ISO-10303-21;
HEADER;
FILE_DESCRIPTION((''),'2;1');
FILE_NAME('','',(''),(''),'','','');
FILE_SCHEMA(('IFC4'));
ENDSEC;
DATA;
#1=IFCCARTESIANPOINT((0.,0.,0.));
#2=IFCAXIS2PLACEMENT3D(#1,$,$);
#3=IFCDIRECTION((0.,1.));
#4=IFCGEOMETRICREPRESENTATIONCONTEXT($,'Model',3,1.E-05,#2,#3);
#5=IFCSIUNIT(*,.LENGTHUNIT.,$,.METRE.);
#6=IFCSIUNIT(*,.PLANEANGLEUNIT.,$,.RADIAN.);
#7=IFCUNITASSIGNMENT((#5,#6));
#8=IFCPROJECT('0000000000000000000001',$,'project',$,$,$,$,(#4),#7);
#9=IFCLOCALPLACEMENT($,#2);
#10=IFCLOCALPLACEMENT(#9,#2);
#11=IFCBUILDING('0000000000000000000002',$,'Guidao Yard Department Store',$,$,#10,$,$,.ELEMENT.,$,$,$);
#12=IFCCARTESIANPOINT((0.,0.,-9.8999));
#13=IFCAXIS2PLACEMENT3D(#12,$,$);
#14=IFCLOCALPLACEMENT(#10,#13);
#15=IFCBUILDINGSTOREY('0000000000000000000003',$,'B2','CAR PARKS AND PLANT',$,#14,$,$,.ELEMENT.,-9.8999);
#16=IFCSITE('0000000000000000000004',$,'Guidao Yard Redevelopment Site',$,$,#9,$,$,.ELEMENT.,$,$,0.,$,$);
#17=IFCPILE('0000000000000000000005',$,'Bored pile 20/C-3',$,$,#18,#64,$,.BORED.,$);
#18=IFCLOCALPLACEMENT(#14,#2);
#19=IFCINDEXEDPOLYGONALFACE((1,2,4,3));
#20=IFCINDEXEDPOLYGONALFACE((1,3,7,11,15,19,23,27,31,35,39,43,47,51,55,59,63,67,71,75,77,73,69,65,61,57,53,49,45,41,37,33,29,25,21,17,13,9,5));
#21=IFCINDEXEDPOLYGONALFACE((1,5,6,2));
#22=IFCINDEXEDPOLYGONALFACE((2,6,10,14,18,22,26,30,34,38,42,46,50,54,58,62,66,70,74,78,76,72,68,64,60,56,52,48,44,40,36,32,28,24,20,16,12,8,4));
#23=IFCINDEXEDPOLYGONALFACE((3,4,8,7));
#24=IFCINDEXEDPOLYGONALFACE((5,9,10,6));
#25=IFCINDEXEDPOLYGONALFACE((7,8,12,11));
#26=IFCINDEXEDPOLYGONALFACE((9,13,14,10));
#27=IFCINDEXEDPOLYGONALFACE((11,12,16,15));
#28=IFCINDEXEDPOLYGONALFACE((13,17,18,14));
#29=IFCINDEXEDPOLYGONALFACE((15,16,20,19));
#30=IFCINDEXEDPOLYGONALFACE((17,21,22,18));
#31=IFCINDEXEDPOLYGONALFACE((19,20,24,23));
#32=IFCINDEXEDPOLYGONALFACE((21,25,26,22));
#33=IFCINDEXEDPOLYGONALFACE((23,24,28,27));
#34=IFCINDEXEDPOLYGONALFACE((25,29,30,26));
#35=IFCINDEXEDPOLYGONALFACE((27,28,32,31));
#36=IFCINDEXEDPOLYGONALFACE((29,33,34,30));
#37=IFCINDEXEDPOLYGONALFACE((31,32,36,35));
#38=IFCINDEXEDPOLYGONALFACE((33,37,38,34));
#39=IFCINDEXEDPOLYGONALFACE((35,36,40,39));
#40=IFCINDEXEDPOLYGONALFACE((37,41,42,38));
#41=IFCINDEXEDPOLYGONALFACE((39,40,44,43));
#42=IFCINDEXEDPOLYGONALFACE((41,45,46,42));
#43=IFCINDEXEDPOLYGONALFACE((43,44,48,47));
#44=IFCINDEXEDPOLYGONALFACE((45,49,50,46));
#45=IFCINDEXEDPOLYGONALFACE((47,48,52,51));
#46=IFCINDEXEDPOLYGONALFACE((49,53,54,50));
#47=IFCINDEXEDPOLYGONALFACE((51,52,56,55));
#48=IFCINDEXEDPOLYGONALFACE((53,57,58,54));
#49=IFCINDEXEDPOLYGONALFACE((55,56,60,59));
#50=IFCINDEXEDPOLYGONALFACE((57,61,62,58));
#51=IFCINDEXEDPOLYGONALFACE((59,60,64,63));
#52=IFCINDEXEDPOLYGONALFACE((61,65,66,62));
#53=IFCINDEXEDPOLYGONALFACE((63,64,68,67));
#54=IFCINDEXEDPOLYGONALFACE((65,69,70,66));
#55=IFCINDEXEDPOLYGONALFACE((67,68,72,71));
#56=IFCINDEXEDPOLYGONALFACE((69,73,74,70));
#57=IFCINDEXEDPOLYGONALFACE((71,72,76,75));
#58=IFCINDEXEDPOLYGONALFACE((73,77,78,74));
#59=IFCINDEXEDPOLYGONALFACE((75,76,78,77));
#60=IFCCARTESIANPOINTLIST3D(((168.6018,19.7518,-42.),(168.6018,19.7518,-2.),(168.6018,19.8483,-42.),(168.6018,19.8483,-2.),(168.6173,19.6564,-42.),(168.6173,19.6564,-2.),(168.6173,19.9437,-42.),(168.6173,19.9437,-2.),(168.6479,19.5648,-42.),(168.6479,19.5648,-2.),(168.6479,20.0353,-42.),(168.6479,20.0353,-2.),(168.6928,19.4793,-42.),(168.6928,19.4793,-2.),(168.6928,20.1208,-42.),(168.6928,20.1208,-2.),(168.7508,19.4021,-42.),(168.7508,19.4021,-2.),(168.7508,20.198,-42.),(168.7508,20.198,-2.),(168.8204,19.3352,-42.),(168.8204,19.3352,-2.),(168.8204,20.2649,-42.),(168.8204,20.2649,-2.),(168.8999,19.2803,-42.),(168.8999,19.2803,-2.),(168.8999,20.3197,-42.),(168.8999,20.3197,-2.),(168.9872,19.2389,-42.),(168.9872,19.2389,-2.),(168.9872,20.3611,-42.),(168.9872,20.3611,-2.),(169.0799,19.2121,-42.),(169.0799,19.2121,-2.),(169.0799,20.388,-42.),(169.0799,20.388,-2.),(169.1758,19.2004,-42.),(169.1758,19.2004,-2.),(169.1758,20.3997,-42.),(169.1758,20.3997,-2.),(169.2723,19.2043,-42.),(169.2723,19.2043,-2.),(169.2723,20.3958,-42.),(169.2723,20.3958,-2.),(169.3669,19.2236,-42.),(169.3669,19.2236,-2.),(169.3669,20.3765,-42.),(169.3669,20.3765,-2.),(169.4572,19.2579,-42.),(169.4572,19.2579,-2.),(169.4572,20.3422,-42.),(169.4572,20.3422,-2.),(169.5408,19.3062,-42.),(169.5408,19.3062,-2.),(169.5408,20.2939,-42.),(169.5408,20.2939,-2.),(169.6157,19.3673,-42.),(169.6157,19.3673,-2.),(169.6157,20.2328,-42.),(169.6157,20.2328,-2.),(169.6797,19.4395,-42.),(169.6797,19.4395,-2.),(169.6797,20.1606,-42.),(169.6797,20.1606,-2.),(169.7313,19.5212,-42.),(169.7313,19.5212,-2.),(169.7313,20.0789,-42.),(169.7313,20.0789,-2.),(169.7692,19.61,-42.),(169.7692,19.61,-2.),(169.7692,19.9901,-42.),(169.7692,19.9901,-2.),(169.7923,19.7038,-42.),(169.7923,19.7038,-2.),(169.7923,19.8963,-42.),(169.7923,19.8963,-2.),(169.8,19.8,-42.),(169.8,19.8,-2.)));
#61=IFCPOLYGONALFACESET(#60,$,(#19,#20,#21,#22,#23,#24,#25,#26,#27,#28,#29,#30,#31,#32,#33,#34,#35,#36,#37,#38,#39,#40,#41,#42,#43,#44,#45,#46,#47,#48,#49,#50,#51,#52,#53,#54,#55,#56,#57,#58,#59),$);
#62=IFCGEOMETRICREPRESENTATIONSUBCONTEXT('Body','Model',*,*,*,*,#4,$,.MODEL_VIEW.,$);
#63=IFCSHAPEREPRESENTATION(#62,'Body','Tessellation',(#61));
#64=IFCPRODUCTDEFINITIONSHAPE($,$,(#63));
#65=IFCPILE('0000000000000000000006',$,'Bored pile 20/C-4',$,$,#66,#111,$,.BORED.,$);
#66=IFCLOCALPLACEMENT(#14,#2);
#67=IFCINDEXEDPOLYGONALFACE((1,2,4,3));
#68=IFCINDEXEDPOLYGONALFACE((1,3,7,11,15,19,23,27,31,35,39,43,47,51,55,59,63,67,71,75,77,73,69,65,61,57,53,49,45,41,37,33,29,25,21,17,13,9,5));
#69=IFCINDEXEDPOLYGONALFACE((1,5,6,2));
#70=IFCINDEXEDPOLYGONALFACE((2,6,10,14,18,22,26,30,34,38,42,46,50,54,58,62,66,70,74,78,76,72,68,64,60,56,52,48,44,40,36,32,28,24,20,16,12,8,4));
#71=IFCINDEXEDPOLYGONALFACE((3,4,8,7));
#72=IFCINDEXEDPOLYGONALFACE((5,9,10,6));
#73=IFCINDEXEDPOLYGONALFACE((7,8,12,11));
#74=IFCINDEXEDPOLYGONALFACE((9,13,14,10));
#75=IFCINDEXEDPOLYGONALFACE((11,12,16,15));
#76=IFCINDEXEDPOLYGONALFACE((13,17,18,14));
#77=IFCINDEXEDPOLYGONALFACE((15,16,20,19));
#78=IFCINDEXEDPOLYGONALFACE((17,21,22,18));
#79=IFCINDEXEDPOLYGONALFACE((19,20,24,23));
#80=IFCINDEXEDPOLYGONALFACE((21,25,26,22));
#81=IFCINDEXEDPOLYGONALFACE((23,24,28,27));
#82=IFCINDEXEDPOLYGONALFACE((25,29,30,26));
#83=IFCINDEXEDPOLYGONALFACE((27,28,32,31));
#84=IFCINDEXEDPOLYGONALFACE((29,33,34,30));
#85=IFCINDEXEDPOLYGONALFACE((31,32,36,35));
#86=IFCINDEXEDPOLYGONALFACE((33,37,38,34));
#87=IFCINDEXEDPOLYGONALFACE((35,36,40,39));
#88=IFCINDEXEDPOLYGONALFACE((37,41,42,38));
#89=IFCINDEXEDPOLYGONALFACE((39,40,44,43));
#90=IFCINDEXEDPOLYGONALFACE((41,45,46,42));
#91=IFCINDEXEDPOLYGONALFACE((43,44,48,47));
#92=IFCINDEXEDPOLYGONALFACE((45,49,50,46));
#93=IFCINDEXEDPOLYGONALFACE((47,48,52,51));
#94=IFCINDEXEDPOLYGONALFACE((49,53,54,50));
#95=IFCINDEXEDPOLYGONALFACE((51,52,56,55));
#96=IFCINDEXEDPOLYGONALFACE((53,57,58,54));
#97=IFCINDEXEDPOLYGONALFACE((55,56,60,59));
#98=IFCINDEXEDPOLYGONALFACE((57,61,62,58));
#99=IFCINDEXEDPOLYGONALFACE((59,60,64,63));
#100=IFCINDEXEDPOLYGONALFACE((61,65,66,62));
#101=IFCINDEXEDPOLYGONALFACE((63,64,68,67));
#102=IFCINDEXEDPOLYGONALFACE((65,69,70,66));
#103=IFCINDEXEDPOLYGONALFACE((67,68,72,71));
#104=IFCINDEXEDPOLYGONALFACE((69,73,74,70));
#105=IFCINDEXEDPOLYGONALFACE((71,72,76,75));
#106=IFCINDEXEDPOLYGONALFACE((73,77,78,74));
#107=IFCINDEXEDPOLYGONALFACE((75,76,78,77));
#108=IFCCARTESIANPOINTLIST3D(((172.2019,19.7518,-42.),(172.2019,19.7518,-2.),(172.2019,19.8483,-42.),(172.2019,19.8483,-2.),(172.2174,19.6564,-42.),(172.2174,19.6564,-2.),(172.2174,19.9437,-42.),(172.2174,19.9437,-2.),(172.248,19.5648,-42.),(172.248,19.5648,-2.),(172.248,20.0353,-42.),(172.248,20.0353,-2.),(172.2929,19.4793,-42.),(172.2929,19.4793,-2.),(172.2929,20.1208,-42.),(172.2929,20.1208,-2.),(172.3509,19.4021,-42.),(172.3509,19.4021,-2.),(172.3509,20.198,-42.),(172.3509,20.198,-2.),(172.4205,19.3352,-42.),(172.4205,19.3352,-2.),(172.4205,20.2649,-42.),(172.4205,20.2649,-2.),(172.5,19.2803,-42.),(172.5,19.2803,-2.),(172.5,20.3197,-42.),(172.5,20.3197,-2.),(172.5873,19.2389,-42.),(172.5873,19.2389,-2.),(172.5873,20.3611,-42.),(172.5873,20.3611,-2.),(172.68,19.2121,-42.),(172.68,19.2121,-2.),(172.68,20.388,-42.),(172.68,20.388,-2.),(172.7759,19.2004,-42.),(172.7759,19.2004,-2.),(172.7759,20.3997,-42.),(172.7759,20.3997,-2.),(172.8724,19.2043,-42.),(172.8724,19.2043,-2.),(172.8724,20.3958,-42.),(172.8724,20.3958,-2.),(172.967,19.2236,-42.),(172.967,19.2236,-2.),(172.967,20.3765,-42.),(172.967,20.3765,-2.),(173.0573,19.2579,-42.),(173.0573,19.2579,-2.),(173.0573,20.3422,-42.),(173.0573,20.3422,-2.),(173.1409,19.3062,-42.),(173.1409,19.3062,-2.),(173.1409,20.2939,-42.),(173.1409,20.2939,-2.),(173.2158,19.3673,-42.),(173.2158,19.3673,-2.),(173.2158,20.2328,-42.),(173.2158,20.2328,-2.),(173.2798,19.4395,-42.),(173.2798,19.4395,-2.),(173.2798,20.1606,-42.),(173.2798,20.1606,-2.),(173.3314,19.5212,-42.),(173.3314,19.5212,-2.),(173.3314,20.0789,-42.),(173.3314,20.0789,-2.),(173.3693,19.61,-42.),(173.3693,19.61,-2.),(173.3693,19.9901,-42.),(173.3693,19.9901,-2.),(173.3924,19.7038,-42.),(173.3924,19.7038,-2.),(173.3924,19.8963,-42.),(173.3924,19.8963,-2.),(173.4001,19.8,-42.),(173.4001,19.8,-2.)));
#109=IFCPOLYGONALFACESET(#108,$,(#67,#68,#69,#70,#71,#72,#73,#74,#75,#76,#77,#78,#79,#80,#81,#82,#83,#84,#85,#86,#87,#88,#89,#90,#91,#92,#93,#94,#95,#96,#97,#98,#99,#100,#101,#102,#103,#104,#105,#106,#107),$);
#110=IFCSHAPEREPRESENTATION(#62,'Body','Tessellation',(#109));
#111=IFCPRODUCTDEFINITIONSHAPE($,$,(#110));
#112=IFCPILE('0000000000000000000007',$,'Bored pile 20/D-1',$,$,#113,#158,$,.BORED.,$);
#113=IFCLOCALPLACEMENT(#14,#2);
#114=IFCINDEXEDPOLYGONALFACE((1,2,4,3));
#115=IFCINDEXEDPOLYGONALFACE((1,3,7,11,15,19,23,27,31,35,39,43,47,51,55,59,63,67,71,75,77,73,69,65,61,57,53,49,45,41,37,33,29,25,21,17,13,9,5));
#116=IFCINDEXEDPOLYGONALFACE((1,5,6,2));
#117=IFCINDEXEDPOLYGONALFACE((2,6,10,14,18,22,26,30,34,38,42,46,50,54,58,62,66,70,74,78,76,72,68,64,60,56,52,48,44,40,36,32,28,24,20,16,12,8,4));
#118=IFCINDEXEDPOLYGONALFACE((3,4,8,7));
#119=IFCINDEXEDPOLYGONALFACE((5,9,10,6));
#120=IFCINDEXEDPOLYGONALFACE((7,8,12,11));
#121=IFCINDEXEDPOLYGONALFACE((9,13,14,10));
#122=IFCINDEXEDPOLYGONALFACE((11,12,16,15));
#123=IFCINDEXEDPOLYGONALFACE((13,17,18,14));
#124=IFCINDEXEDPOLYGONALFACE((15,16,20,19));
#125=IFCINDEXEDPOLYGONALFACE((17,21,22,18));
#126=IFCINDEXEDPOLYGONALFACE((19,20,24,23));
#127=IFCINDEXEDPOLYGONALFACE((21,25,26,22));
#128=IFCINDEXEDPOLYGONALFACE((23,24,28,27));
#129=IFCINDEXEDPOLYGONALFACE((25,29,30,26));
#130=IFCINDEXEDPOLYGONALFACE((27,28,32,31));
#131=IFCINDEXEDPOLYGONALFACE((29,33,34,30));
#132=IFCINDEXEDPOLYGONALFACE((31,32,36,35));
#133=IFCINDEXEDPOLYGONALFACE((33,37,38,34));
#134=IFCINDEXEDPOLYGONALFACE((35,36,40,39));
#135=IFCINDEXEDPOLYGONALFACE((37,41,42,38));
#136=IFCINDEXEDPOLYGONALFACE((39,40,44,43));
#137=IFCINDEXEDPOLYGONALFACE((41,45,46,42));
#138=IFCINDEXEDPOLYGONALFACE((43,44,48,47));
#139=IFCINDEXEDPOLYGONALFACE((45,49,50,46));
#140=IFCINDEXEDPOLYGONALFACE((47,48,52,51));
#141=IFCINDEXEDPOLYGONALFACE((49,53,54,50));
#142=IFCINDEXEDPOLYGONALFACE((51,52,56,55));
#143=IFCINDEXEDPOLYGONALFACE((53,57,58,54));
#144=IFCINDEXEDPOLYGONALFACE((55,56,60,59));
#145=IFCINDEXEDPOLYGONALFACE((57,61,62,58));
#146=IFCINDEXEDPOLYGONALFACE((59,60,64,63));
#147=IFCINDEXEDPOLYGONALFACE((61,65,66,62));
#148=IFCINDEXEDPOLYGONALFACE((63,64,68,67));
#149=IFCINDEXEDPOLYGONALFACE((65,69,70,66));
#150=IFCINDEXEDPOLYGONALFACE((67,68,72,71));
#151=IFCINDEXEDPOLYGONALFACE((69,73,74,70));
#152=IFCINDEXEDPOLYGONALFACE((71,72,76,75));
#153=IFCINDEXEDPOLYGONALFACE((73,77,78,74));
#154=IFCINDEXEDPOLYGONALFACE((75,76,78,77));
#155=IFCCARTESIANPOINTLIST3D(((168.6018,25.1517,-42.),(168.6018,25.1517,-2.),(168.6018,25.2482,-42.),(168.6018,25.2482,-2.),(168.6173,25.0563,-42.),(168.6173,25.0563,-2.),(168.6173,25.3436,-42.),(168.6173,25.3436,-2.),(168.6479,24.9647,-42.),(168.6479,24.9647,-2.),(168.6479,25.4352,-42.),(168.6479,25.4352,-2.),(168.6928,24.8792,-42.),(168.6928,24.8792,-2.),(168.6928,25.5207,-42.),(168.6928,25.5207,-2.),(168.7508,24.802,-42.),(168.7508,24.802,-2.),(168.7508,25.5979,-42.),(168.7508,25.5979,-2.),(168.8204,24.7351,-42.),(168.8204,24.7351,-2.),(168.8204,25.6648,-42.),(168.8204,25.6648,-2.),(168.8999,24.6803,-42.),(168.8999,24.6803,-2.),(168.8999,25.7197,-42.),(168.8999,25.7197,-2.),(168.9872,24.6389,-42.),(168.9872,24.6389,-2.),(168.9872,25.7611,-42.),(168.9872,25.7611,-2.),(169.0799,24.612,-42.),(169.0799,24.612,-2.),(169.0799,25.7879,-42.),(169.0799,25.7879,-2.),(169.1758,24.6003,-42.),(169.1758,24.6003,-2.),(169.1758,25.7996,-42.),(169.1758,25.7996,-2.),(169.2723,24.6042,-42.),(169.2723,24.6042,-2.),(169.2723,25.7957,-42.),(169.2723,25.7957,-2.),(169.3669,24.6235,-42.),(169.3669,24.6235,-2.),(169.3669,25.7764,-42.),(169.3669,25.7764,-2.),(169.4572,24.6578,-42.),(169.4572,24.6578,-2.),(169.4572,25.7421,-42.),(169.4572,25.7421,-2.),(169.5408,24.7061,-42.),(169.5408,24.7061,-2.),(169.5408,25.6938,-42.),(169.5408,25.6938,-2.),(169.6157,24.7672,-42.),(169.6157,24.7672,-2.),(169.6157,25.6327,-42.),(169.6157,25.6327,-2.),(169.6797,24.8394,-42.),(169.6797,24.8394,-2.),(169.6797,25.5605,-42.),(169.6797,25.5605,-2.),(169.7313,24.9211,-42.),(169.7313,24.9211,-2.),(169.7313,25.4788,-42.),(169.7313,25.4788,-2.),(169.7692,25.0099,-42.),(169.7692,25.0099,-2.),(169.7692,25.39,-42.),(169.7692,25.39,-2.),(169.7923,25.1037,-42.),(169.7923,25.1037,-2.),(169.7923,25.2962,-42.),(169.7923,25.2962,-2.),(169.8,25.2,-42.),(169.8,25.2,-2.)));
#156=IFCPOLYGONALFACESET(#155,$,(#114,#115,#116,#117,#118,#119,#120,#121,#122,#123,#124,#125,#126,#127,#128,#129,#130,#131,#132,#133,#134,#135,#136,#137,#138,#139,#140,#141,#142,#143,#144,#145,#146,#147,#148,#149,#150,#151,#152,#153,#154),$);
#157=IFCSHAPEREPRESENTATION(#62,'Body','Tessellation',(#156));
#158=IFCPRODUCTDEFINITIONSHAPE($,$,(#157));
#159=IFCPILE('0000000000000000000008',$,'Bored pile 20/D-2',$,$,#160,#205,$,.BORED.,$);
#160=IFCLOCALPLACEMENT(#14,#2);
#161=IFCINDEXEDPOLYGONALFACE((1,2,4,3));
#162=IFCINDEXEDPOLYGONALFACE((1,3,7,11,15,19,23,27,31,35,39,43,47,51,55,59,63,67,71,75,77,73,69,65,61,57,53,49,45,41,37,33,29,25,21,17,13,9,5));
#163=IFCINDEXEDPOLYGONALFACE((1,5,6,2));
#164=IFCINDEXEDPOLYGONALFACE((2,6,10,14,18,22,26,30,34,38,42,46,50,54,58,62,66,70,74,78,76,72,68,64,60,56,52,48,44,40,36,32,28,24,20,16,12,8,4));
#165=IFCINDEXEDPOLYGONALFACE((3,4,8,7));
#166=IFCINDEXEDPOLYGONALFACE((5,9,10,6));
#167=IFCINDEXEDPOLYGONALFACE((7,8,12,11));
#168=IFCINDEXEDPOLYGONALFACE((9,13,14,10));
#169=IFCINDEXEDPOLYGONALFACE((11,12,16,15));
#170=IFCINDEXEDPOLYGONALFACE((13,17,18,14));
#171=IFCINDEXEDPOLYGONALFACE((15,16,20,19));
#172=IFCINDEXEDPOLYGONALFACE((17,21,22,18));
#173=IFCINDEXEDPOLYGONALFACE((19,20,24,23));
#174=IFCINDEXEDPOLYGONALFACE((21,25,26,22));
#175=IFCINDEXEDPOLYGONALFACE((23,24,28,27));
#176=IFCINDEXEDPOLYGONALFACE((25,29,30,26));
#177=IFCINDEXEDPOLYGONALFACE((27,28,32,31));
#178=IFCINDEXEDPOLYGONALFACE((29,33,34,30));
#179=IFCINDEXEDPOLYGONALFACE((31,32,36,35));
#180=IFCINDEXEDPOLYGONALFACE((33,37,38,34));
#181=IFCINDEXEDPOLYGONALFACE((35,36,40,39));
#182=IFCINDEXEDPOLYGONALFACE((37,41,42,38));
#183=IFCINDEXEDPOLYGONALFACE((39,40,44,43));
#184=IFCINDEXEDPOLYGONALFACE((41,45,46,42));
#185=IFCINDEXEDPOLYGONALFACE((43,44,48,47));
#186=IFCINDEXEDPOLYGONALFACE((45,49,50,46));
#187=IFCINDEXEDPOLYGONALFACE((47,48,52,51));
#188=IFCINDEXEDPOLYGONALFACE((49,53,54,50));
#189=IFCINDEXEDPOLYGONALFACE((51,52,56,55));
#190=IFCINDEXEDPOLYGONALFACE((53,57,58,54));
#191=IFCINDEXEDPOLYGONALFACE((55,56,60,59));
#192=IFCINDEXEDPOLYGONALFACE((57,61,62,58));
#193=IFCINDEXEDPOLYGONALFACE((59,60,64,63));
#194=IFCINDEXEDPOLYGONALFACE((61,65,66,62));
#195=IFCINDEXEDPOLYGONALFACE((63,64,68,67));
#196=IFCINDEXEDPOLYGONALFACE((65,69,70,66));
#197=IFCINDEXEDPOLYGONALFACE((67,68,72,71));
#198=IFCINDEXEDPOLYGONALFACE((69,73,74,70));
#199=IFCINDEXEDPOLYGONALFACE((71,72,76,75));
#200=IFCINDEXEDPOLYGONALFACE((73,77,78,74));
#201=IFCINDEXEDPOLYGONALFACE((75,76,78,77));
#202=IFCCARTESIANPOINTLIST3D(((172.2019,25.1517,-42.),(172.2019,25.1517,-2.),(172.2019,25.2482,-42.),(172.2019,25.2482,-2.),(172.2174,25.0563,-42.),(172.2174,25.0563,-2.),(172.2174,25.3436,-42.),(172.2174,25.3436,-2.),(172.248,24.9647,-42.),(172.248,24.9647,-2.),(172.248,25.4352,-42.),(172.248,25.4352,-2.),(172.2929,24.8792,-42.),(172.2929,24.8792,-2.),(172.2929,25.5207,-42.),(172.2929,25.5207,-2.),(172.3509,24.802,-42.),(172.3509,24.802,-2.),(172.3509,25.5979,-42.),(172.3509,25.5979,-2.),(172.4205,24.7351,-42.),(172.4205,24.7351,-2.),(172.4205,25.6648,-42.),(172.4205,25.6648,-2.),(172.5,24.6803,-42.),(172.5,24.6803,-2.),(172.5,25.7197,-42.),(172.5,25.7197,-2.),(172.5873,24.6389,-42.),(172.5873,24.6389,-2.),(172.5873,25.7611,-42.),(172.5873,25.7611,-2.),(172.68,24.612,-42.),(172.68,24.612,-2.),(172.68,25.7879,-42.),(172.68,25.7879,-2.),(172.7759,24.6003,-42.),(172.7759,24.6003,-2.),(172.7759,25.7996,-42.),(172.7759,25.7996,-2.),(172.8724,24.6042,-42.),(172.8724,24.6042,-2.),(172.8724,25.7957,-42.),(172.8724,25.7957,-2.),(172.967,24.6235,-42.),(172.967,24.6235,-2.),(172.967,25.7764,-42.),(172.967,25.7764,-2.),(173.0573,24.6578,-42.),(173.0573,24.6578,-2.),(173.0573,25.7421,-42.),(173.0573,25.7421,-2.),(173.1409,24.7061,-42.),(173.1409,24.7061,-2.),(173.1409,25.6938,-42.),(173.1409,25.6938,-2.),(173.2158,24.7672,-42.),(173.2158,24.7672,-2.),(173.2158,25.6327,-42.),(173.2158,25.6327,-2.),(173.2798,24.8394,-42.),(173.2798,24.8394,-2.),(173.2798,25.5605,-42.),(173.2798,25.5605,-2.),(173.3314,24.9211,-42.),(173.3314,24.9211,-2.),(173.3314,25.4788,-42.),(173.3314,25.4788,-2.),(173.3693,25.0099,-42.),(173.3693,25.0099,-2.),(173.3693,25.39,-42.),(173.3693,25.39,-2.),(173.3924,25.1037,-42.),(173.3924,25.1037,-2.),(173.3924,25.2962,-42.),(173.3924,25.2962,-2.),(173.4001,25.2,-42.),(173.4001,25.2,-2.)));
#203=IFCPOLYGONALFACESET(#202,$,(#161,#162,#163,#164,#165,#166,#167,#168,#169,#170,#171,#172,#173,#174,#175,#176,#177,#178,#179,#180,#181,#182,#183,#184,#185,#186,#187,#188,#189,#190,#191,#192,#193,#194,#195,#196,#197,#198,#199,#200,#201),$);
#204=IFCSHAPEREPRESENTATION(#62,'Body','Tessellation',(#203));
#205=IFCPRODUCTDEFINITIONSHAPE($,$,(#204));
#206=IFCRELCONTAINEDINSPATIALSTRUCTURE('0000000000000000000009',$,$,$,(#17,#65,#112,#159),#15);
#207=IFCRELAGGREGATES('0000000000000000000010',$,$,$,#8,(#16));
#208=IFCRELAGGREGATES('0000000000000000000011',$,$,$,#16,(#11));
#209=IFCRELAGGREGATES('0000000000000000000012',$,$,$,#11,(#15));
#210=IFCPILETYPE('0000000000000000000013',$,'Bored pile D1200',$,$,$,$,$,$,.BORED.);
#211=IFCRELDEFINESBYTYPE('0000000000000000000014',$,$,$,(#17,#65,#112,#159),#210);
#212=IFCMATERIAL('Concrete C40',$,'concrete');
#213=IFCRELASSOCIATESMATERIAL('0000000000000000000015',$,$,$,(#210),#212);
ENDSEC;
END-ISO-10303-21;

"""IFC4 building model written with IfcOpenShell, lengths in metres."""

from ifc_helpers import new_model, si_unit, direction, frame, origin, origin_2d, place, context, subcontext, project, spatial, circle, extrude, material, material_profile, profile_set, type_object, element, save


model = new_model("IFC4")

# Units and contexts
model_context = context("Model", 3, precision=1e-05, world=origin(), true_north=direction((0.0, 1.0)))
body_context = subcontext(model_context, "Body", "Model", "MODEL_VIEW")
ifc_project = project(units=[si_unit("LENGTHUNIT", "METRE"), si_unit("PLANEANGLEUNIT", "RADIAN")], contexts=[model_context])

# Site, building, storey
site_placement = place(None, origin())
site = spatial("IfcSite", under=ifc_project, at=site_placement, Name="Guidao Yard Redevelopment Site", CompositionType="ELEMENT", RefElevation=0.0)
building_placement = place(site_placement, origin())
building = spatial("IfcBuilding", under=site, at=building_placement, Name="Guidao Yard Department Store", CompositionType="ELEMENT")
storey_placement = place(building_placement, frame((0.0, 0.0, -9.8999)))
storey = spatial("IfcBuildingStorey", under=building, at=storey_placement, Name="B2", Description="CAR PARKS AND PLANT", CompositionType="ELEMENT", Elevation=-9.8999)

# Piles
ifc_material_1 = material(Name="Concrete C40", Category="concrete")
ifc_material_profile_1 = material_profile(ifc_material_1, circle(Radius=0.6001, at=origin_2d()), Name="Bored pile D1200")
ifc_profile_set_1 = profile_set([ifc_material_profile_1], Name="Concrete C40")
pile_type = type_object("IfcPileType", Name="Bored pile D1200", PredefinedType="BORED", material=ifc_profile_set_1)
for number, where, z_axis, x_axis, name in (
    (1, (169.2, 19.8, -2.0), (0.0, 0.0, -1.0), (1.0, 0.0, 0.0), "Bored pile 20/C-3"),
    (2, (172.8, 19.8, -2.0), (0.0, 0.0, -1.0), (1.0, 0.0, 0.0), "Bored pile 20/C-4"),
    (3, (169.2, 25.2, -2.0), (0.0, 0.0, -1.0), (1.0, 0.0, 0.0), "Bored pile 20/D-1"),
    (4, (172.8, 25.2, -2.0), (0.0, 0.0, -1.0), (1.0, 0.0, 0.0), "Bored pile 20/D-2"),
):
    element("IfcPile", number, at=place(storey_placement, frame(where, z_axis=z_axis, x_axis=x_axis)), inside=storey, type_object=pile_type, Name=name, PredefinedType="BORED", context=body_context, shape_type="SweptSolid", body=[
        extrude(circle(Radius=0.6001, at=origin_2d()), origin(), (0.0, 0.0, 1.0), 40.0),
    ])

save(model, "model.ifc")
